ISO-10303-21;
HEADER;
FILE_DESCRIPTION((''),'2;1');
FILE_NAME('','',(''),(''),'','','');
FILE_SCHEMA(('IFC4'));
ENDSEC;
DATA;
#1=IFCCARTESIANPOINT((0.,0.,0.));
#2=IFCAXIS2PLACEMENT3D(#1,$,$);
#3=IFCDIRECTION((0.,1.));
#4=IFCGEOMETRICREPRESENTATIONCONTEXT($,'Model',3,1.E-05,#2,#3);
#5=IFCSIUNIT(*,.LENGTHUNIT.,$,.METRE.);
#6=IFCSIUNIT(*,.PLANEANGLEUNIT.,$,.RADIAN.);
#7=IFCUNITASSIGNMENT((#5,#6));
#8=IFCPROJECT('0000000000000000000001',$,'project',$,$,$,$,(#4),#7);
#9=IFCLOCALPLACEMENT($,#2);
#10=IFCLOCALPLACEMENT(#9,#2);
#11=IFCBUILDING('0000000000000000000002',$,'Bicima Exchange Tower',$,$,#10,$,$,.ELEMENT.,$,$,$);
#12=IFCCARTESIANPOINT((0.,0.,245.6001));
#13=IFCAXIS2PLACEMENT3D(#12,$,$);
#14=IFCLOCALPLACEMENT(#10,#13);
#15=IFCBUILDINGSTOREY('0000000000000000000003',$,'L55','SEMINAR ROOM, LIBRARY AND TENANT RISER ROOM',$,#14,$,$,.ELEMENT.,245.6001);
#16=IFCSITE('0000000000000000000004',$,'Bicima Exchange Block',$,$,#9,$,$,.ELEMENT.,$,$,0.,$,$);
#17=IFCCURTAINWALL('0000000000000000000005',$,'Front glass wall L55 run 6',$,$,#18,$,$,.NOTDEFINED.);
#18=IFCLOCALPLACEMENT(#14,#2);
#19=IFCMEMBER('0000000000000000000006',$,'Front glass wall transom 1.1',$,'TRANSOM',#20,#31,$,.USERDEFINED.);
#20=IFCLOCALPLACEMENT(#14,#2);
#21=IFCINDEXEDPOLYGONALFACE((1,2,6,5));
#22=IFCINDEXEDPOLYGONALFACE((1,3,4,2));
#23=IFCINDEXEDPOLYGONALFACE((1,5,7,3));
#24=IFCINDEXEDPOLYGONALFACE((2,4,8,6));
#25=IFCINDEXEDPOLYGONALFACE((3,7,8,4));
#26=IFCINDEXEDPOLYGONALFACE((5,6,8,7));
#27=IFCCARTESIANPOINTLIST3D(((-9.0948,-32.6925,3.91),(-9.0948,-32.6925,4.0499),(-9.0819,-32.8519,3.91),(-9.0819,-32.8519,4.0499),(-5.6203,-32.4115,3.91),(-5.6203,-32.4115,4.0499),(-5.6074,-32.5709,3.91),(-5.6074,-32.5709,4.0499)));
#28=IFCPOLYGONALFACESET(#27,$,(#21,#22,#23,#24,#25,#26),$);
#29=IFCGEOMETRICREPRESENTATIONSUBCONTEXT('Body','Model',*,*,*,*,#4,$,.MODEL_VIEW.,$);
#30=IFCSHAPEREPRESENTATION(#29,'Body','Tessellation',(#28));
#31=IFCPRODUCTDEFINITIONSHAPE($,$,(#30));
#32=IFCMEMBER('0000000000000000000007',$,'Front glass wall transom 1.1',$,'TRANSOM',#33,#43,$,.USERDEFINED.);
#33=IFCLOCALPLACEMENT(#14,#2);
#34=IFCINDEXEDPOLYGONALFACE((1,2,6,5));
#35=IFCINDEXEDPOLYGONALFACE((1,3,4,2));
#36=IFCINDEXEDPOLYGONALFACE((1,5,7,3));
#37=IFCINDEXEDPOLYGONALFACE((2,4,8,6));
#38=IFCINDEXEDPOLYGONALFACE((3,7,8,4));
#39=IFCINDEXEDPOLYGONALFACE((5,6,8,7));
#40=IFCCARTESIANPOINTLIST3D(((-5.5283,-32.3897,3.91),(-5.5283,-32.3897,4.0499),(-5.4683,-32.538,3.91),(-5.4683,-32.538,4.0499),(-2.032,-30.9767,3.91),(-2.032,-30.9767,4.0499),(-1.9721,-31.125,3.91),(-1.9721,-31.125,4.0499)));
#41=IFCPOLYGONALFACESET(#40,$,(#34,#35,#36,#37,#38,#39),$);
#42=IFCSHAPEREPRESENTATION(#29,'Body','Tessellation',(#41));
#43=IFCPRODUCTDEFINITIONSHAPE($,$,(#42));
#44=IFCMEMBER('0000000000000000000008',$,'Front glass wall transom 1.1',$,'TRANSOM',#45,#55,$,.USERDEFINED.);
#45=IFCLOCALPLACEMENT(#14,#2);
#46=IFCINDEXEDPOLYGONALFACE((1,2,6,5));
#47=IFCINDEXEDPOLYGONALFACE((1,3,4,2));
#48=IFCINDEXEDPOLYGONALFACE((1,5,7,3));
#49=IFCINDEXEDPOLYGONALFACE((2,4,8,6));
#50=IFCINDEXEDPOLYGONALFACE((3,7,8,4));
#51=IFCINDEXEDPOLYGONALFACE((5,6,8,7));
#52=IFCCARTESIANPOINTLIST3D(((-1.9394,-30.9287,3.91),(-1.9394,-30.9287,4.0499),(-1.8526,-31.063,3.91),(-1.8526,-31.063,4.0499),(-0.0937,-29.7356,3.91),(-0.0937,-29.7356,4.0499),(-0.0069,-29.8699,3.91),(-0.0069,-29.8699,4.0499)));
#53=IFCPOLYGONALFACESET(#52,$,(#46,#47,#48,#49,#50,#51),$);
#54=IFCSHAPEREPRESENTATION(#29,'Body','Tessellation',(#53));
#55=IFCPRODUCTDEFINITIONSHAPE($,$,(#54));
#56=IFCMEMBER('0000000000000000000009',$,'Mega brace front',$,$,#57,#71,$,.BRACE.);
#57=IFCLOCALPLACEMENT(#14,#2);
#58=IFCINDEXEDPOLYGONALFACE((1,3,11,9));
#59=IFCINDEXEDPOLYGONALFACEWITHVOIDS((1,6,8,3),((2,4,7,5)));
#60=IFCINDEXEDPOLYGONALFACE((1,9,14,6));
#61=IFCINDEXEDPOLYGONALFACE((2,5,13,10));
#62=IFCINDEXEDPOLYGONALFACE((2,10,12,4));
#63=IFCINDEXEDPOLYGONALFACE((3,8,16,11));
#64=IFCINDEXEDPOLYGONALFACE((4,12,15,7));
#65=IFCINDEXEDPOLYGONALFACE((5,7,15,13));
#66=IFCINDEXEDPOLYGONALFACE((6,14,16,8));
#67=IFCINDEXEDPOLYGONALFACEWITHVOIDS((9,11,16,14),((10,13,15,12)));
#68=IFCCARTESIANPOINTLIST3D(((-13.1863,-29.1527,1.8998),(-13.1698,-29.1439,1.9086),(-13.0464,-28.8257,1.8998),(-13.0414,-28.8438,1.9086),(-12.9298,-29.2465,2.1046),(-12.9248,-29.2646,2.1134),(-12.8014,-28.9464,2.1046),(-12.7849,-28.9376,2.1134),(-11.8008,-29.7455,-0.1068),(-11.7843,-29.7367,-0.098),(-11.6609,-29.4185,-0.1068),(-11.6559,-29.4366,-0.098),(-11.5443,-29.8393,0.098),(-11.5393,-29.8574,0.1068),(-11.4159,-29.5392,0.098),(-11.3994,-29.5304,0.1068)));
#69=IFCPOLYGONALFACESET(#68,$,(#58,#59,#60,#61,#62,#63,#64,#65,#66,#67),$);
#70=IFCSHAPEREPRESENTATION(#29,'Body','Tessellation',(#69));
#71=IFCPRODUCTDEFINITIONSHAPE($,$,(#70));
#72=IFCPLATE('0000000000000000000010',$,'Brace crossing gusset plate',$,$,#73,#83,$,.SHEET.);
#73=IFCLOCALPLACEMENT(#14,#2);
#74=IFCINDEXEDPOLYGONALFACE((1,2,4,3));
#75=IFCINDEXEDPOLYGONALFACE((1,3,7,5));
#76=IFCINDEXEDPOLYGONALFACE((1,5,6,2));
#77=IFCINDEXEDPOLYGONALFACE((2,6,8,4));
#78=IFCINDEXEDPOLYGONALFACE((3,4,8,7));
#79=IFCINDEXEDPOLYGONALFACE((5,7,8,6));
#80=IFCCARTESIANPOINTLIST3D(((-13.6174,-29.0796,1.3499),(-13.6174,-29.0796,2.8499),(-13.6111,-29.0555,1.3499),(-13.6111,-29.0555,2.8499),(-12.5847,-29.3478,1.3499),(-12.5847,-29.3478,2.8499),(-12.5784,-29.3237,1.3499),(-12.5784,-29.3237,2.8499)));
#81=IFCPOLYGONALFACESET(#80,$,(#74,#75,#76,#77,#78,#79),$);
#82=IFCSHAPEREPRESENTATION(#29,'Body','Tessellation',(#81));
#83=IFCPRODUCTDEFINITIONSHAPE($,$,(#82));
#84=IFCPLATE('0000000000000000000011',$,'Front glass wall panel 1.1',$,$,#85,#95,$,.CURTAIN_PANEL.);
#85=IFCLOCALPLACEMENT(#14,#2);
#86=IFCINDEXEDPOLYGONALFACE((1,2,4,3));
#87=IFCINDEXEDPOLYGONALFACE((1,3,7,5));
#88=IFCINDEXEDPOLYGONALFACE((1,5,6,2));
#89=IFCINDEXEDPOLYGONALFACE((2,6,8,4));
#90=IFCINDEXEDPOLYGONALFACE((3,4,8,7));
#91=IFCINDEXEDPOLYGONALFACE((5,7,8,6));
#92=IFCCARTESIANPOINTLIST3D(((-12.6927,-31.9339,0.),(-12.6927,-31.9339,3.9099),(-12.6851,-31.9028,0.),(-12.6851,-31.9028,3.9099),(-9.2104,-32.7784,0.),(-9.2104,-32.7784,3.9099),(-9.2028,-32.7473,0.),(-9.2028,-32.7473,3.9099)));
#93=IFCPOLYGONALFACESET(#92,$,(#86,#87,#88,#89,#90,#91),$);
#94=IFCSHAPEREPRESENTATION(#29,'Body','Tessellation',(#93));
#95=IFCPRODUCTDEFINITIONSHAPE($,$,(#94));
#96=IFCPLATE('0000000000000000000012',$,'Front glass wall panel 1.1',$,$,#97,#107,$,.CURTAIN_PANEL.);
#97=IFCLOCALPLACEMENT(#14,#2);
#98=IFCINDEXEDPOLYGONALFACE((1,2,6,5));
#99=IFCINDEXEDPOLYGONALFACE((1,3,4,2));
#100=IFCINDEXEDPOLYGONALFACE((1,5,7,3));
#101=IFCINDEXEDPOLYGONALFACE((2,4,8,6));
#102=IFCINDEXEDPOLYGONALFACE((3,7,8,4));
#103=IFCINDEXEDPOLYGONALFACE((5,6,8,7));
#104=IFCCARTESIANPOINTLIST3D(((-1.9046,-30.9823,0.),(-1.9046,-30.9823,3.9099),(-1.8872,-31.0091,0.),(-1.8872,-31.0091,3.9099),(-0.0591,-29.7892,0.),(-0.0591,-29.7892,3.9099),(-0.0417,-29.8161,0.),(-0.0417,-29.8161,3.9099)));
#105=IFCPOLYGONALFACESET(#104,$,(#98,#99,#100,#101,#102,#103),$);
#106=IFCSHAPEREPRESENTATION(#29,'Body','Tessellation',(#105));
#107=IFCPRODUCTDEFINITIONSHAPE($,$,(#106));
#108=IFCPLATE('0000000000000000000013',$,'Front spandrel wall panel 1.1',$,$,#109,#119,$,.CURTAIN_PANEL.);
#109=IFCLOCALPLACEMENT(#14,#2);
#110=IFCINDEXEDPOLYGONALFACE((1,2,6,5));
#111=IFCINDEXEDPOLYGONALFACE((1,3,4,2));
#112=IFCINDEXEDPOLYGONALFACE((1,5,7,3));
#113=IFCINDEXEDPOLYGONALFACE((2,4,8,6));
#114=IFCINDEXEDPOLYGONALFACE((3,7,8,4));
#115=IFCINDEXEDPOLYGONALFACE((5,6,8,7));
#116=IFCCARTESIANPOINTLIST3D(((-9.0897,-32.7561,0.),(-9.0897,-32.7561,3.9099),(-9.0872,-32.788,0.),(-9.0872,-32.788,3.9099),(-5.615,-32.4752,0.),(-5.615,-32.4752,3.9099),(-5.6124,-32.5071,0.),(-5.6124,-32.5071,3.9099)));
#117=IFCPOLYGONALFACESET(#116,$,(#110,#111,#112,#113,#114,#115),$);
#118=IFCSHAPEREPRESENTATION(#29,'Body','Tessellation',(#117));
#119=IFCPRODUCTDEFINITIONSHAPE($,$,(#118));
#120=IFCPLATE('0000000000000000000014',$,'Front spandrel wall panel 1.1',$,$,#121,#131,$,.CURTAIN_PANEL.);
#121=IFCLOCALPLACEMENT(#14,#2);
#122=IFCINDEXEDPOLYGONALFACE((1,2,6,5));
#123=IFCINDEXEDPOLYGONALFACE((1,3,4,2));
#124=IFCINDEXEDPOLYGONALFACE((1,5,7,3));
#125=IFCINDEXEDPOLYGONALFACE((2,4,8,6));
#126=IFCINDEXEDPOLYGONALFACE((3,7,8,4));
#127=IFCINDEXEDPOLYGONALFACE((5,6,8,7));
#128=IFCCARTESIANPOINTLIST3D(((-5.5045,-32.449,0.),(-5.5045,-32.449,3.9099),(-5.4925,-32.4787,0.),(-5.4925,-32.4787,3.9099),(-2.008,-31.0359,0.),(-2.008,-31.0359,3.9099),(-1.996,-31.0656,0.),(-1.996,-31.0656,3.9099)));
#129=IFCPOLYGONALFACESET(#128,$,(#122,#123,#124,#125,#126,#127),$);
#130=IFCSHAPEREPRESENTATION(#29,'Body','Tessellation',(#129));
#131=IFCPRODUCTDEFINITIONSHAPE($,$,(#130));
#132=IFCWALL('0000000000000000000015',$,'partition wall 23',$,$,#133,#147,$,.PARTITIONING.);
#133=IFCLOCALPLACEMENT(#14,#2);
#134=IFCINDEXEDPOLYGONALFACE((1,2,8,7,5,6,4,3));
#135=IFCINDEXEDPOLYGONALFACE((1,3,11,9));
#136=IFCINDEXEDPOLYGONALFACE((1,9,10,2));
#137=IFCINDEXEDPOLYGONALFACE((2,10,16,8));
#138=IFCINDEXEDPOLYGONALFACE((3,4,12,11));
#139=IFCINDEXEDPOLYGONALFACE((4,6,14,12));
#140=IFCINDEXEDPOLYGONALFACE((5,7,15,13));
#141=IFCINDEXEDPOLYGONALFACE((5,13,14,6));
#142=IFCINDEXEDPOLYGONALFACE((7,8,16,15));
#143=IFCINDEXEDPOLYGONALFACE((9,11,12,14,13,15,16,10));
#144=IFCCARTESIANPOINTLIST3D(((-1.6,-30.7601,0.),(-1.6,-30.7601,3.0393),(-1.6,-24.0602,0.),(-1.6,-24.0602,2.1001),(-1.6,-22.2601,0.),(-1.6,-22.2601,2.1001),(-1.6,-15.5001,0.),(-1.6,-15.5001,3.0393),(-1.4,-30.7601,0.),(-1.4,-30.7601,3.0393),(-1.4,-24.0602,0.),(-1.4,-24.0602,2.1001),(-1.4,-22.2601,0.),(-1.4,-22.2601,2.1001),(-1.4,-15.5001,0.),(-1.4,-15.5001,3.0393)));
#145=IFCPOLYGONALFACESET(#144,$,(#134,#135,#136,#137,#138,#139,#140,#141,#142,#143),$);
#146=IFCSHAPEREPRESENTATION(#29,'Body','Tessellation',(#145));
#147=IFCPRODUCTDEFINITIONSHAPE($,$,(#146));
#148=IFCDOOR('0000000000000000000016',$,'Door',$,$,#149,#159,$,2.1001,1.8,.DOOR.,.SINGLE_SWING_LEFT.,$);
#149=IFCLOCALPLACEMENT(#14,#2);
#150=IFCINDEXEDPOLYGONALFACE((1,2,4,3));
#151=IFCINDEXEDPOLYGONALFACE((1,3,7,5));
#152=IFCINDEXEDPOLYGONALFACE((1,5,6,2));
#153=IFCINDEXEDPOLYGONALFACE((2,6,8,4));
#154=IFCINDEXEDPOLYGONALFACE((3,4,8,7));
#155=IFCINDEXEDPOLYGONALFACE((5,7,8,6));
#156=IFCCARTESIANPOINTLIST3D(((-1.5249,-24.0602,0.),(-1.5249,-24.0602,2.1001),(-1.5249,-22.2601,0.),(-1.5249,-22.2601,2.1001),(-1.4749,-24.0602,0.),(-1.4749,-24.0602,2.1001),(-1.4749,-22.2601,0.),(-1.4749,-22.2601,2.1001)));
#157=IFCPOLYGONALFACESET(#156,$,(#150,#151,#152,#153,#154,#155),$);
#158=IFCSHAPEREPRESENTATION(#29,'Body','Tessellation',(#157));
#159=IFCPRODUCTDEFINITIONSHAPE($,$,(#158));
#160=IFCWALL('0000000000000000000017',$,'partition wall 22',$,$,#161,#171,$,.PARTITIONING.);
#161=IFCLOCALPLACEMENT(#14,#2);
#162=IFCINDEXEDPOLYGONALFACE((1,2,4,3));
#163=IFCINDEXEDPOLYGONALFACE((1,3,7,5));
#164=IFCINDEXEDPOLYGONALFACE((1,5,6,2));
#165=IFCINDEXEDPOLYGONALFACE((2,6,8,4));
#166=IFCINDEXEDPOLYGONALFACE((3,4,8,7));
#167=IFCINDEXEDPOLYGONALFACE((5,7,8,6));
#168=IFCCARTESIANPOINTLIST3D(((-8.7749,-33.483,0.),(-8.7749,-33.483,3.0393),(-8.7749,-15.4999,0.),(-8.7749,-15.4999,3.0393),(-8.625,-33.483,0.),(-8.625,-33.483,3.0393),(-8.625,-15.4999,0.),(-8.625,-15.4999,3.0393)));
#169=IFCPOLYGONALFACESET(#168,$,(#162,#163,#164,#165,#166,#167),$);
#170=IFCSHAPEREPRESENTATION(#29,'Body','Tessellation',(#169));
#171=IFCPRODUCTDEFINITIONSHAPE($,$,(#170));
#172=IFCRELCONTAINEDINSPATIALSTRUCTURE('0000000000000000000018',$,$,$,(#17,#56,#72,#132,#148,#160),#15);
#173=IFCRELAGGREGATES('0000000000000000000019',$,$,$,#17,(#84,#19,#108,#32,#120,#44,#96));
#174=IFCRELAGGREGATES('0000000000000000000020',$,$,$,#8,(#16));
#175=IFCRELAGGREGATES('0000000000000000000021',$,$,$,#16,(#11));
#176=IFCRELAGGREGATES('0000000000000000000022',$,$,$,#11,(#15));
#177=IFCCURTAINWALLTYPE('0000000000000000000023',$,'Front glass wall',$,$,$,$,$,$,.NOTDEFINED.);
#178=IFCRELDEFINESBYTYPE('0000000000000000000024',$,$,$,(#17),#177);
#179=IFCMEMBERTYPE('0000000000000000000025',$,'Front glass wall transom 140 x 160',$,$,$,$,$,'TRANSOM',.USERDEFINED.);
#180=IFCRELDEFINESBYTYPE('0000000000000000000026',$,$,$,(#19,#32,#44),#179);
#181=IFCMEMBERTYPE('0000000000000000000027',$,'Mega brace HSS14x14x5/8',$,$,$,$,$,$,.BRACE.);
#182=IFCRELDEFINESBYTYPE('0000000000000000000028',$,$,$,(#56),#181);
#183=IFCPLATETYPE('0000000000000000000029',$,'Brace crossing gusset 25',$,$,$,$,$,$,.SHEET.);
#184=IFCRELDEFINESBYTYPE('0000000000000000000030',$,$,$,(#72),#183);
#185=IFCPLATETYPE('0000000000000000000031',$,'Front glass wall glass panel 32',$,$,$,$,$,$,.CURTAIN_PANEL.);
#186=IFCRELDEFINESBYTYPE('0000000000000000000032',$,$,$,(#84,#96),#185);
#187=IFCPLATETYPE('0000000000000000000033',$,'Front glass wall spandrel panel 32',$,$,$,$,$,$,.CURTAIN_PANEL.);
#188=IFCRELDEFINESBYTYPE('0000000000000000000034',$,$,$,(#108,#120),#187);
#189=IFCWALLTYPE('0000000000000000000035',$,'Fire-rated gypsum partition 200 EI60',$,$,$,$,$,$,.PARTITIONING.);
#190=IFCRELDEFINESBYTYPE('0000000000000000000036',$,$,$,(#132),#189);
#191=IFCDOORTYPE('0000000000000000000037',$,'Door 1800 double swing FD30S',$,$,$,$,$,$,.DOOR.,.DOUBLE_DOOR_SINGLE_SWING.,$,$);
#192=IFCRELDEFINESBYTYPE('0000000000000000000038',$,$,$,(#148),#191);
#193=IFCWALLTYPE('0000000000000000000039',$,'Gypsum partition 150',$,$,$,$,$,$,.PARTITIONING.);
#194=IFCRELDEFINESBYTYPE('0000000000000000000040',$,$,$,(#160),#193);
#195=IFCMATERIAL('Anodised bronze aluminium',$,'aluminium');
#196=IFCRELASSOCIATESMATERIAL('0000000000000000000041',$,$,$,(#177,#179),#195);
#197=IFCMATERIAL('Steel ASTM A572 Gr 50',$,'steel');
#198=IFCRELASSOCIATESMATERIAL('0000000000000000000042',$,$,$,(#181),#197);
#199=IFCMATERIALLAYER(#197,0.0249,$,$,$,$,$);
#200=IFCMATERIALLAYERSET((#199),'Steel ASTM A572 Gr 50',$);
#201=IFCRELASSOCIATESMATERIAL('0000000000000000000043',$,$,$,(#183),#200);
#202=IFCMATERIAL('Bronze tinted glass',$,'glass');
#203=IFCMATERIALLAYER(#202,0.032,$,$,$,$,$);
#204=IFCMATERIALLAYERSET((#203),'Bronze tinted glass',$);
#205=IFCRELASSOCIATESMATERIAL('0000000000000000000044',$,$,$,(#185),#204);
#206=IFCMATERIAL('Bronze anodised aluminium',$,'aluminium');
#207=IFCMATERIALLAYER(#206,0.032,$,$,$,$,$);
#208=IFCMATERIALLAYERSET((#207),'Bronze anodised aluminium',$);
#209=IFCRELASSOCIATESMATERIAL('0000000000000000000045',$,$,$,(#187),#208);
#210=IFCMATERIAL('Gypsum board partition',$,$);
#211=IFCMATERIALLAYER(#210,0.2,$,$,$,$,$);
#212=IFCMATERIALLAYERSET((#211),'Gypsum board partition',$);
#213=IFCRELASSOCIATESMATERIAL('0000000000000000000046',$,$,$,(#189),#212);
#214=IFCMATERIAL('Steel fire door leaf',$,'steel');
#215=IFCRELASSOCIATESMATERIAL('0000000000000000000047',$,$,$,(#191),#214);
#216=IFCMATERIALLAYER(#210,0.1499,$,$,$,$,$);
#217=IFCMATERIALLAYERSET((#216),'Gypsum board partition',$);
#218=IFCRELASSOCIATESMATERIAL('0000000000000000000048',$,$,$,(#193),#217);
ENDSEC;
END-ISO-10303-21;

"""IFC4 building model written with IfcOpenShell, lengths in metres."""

from ifc_helpers import new_model, si_unit, direction, frame, frame_2d, origin, origin_2d, place, context, subcontext, project, spatial, rectangle, hollow_rectangle, extrude, material, layer, layer_set, material_profile, profile_set, type_object, element, fill, aggregate, save


model = new_model("IFC4")

# Units and contexts
model_context = context("Model", 3, precision=1e-05, world=origin(), true_north=direction((0.0, 1.0)))
body_context = subcontext(model_context, "Body", "Model", "MODEL_VIEW")
ifc_project = project(units=[si_unit("LENGTHUNIT", "METRE"), si_unit("PLANEANGLEUNIT", "RADIAN")], contexts=[model_context])

# Site, building, storey
site_placement = place(None, origin())
site = spatial("IfcSite", under=ifc_project, at=site_placement, Name="Bicima Exchange Block", CompositionType="ELEMENT", RefElevation=0.0)
building_placement = place(site_placement, origin())
building = spatial("IfcBuilding", under=site, at=building_placement, Name="Bicima Exchange Tower", CompositionType="ELEMENT")
storey_placement = place(building_placement, frame((0.0, 0.0, 245.6001)))
storey = spatial("IfcBuildingStorey", under=building, at=storey_placement, Name="L55", Description="SEMINAR ROOM, LIBRARY AND TENANT RISER ROOM", CompositionType="ELEMENT", Elevation=245.6001)

# Shared definitions
ifc_material_1 = material(Name="Steel ASTM A572 Gr 50", Category="steel")

# Curtain wall, members
ifc_material_2 = material(Name="Anodised bronze aluminium", Category="aluminium")
curtain_wall_type = type_object("IfcCurtainWallType", Name="Front glass wall", PredefinedType="NOTDEFINED", material=ifc_material_2)
curtain_wall_placement = place(storey_placement, origin())
curtain_wall = element("IfcCurtainWall", 1, at=curtain_wall_placement, inside=storey, type_object=curtain_wall_type, Name="Front glass wall L55 run 6", PredefinedType="NOTDEFINED")
ifc_material_profile_1 = material_profile(ifc_material_2, rectangle(XDim=0.1599, YDim=0.1399, at=origin_2d()))
ifc_profile_set_1 = profile_set([ifc_material_profile_1], Name="Anodised bronze aluminium")
member_type_1 = type_object("IfcMemberType", Name="Front glass wall transom 140 x 160", ElementType="TRANSOM", PredefinedType="USERDEFINED", material=ifc_profile_set_1)
member_1_placement = place(storey_placement, frame((-9.0884, -32.7722, 3.98), z_axis=(0.996746, 0.080611, 0.0), x_axis=(-0.080611, 0.996746, 0.0)))
member_1 = element("IfcMember", 2, at=member_1_placement, type_object=member_type_1, Name="Front glass wall transom 1.1", ObjectType="TRANSOM", PredefinedType="USERDEFINED", context=body_context, shape_type="SweptSolid", body=[
    extrude(rectangle(XDim=0.1599, YDim=0.1399, at=origin_2d()), origin(), (0.0, 0.0, 1.0), 3.4858),
])
member_2_placement = place(storey_placement, frame((-5.4983, -32.4639, 3.98), z_axis=(0.92714, 0.374715, 0.0), x_axis=(-0.374715, 0.92714, 0.0)))
member_2 = element("IfcMember", 3, at=member_2_placement, type_object=member_type_1, Name="Front glass wall transom 1.1", ObjectType="TRANSOM", PredefinedType="USERDEFINED", context=body_context, shape_type="SweptSolid", body=[
    extrude(rectangle(XDim=0.1599, YDim=0.1399, at=origin_2d()), origin(), (0.0, 0.0, 1.0), 3.771),
])
member_3_placement = place(storey_placement, frame((-1.896, -30.9958, 3.98), z_axis=(0.839811, 0.542878, 0.0), x_axis=(-0.542878, 0.839811, 0.0)))
member_3 = element("IfcMember", 4, at=member_3_placement, type_object=member_type_1, Name="Front glass wall transom 1.1", ObjectType="TRANSOM", PredefinedType="USERDEFINED", context=body_context, shape_type="SweptSolid", body=[
    extrude(rectangle(XDim=0.1599, YDim=0.1399, at=origin_2d()), origin(), (0.0, 0.0, 1.0), 2.1978),
])

# Member
ifc_material_profile_2 = material_profile(ifc_material_1, hollow_rectangle(XDim=0.3557, YDim=0.3557, WallThickness=0.0146, at=origin_2d()))
ifc_profile_set_2 = profile_set([ifc_material_profile_2], Name="Steel ASTM A572 Gr 50")
member_type_2 = type_object("IfcMemberType", Name="Mega brace HSS14x14x5/8", PredefinedType="BRACE", material=ifc_profile_set_2)
member_4_placement = place(storey_placement, frame((-11.6001, -29.6379, 0.0), z_axis=(-0.55211, 0.236215, 0.799611), x_axis=(-0.393352, -0.919388, 0.0)))
element("IfcMember", 5, at=member_4_placement, inside=storey, type_object=member_type_2, Name="Mega brace front", PredefinedType="BRACE", context=body_context, shape_type="SweptSolid", body=[
    extrude(hollow_rectangle(XDim=0.3557, YDim=0.3557, WallThickness=0.0146, at=origin_2d()), origin(), (0.0, 0.0, 1.0), 2.5095),
])

# Plates
ifc_layer_1 = layer(ifc_material_1, 0.0249)
ifc_layer_set_1 = layer_set([ifc_layer_1], Name="Steel ASTM A572 Gr 50")
plate_type_1 = type_object("IfcPlateType", Name="Brace crossing gusset 25", PredefinedType="SHEET", material=ifc_layer_set_1)
plate_1_placement = place(storey_placement, frame((-13.0979, -29.2017, 1.3499), z_axis=(0.0, 0.0, 1.0), x_axis=(0.967902, -0.25133, 0.0)))
element("IfcPlate", 6, at=plate_1_placement, inside=storey, type_object=plate_type_1, Name="Brace crossing gusset plate", PredefinedType="SHEET", context=body_context, shape_type="SweptSolid", body=[
    extrude(rectangle(XDim=1.0669, YDim=0.0249, at=origin_2d()), origin(), (0.0, 0.0, 1.0), 1.5),
])
ifc_material_3 = material(Name="Bronze tinted glass", Category="glass")
ifc_layer_2 = layer(ifc_material_3, 0.032)
ifc_layer_set_2 = layer_set([ifc_layer_2], Name="Bronze tinted glass")
plate_type_2 = type_object("IfcPlateType", Name="Front glass wall glass panel 32", PredefinedType="CURTAIN_PANEL", material=ifc_layer_set_2)
plate_2_placement = place(storey_placement, frame((-10.9478, -32.3406, 0.0), z_axis=(0.0, 0.0, 1.0), x_axis=(0.97183, -0.235682, 0.0)))
plate_2 = element("IfcPlate", 7, at=plate_2_placement, type_object=plate_type_2, Name="Front glass wall panel 1.1", PredefinedType="CURTAIN_PANEL", context=body_context, shape_type="SweptSolid", body=[
    extrude(rectangle(XDim=3.5833, YDim=0.032, at=origin_2d()), origin(), (0.0, 0.0, 1.0), 3.9099),
])
plate_3_placement = place(storey_placement, frame((-0.9731, -30.3992, 0.0), z_axis=(0.0, 0.0, 1.0), x_axis=(0.839799, 0.542897, 0.0)))
plate_3 = element("IfcPlate", 8, at=plate_3_placement, type_object=plate_type_2, Name="Front glass wall panel 1.1", PredefinedType="CURTAIN_PANEL", context=body_context, shape_type="SweptSolid", body=[
    extrude(rectangle(XDim=2.1975, YDim=0.032, at=origin_2d()), origin(), (0.0, 0.0, 1.0), 3.9099),
])
ifc_material_4 = material(Name="Bronze anodised aluminium", Category="aluminium")
ifc_layer_3 = layer(ifc_material_4, 0.032)
ifc_layer_set_3 = layer_set([ifc_layer_3], Name="Bronze anodised aluminium")
plate_type_3 = type_object("IfcPlateType", Name="Front glass wall spandrel panel 32", PredefinedType="CURTAIN_PANEL", material=ifc_layer_set_3)
plate_4_placement = place(storey_placement, frame((-7.3511, -32.6316, 0.0), z_axis=(0.0, 0.0, 1.0), x_axis=(0.996747, 0.080589, 0.0)))
plate_4 = element("IfcPlate", 9, at=plate_4_placement, type_object=plate_type_3, Name="Front spandrel wall panel 1.1", PredefinedType="CURTAIN_PANEL", context=body_context, shape_type="SweptSolid", body=[
    extrude(rectangle(XDim=3.4861, YDim=0.032, at=origin_2d()), origin(), (0.0, 0.0, 1.0), 3.9099),
])
plate_5_placement = place(storey_placement, frame((-3.7502, -31.7573, 0.0), z_axis=(0.0, 0.0, 1.0), x_axis=(0.927144, 0.374705, 0.0)))
plate_5 = element("IfcPlate", 10, at=plate_5_placement, type_object=plate_type_3, Name="Front spandrel wall panel 1.1", PredefinedType="CURTAIN_PANEL", context=body_context, shape_type="SweptSolid", body=[
    extrude(rectangle(XDim=3.7712, YDim=0.032, at=origin_2d()), origin(), (0.0, 0.0, 1.0), 3.9099),
])
aggregate(curtain_wall, [plate_2, member_1, plate_4, member_2, plate_5, member_3, plate_3])

# Wall, opening, door
ifc_material_5 = material(Name="Gypsum board partition")
ifc_layer_4 = layer(ifc_material_5, 0.2)
ifc_layer_set_4 = layer_set([ifc_layer_4], Name="Gypsum board partition")
wall_type_1 = type_object("IfcWallType", Name="Fire-rated gypsum partition 200 EI60", PredefinedType="PARTITIONING", material=ifc_layer_set_4)
wall_1_placement = place(storey_placement, frame((-1.5, -30.76, 0.0), z_axis=(0.0, 0.0, 1.0), x_axis=(0.0, 1.0, 0.0)))
wall_1 = element("IfcWall", 11, at=wall_1_placement, inside=storey, type_object=wall_type_1, Name="partition wall 23", PredefinedType="PARTITIONING", context=body_context, shape_type="SweptSolid", body=[
    extrude(rectangle(XDim=15.26, YDim=0.2, at=frame_2d((7.6299, 0.0))), origin(), (0.0, 0.0, 1.0), 3.0393),
])
opening_placement = place(wall_1_placement, frame((6.7, 0.0, 0.0)))
opening = element("IfcOpeningElement", 12, at=opening_placement, cuts=wall_1, PredefinedType="OPENING", context=body_context, shape_type="SweptSolid", body=[
    extrude(rectangle(XDim=1.8, YDim=2.1001, at=frame_2d((0.8999, 1.05))), frame((0.0, 0.1118, 0.0), z_axis=(0.0, -1.0, 0.0), x_axis=(1.0, 0.0, 0.0)), (0.0, 0.0, 1.0), 0.2239),
])
ifc_material_6 = material(Name="Steel fire door leaf", Category="steel")
door_type = type_object("IfcDoorType", Name="Door 1800 double swing FD30S", OperationType="DOUBLE_DOOR_SINGLE_SWING", PredefinedType="DOOR", material=ifc_material_6)
door_placement = place(opening_placement, origin())
door = element("IfcDoor", 13, at=door_placement, inside=storey, type_object=door_type, Name="Door", OperationType="SINGLE_SWING_LEFT", OverallHeight=2.1001, OverallWidth=1.8, PredefinedType="DOOR", context=body_context, shape_type="SweptSolid", body=[
    extrude(rectangle(XDim=1.8, YDim=2.1001, at=frame_2d((0.8999, 1.05))), frame((0.0, 0.0249, 0.0), z_axis=(0.0, -1.0, 0.0), x_axis=(1.0, 0.0, 0.0)), (0.0, 0.0, 1.0), 0.05),
])
fill(opening, door)

# Wall
ifc_layer_5 = layer(ifc_material_5, 0.1499)
ifc_layer_set_5 = layer_set([ifc_layer_5], Name="Gypsum board partition")
wall_type_2 = type_object("IfcWallType", Name="Gypsum partition 150", PredefinedType="PARTITIONING", material=ifc_layer_set_5)
wall_2_placement = place(storey_placement, frame((-8.7, -33.4832, 0.0), z_axis=(0.0, 0.0, 1.0), x_axis=(0.0, 1.0, 0.0)))
element("IfcWall", 14, at=wall_2_placement, inside=storey, type_object=wall_type_2, Name="partition wall 22", PredefinedType="PARTITIONING", context=body_context, shape_type="SweptSolid", body=[
    extrude(rectangle(XDim=17.9832, YDim=0.1499, at=frame_2d((8.9917, 0.0))), origin(), (0.0, 0.0, 1.0), 3.0393),
])

save(model, "model.ifc")
